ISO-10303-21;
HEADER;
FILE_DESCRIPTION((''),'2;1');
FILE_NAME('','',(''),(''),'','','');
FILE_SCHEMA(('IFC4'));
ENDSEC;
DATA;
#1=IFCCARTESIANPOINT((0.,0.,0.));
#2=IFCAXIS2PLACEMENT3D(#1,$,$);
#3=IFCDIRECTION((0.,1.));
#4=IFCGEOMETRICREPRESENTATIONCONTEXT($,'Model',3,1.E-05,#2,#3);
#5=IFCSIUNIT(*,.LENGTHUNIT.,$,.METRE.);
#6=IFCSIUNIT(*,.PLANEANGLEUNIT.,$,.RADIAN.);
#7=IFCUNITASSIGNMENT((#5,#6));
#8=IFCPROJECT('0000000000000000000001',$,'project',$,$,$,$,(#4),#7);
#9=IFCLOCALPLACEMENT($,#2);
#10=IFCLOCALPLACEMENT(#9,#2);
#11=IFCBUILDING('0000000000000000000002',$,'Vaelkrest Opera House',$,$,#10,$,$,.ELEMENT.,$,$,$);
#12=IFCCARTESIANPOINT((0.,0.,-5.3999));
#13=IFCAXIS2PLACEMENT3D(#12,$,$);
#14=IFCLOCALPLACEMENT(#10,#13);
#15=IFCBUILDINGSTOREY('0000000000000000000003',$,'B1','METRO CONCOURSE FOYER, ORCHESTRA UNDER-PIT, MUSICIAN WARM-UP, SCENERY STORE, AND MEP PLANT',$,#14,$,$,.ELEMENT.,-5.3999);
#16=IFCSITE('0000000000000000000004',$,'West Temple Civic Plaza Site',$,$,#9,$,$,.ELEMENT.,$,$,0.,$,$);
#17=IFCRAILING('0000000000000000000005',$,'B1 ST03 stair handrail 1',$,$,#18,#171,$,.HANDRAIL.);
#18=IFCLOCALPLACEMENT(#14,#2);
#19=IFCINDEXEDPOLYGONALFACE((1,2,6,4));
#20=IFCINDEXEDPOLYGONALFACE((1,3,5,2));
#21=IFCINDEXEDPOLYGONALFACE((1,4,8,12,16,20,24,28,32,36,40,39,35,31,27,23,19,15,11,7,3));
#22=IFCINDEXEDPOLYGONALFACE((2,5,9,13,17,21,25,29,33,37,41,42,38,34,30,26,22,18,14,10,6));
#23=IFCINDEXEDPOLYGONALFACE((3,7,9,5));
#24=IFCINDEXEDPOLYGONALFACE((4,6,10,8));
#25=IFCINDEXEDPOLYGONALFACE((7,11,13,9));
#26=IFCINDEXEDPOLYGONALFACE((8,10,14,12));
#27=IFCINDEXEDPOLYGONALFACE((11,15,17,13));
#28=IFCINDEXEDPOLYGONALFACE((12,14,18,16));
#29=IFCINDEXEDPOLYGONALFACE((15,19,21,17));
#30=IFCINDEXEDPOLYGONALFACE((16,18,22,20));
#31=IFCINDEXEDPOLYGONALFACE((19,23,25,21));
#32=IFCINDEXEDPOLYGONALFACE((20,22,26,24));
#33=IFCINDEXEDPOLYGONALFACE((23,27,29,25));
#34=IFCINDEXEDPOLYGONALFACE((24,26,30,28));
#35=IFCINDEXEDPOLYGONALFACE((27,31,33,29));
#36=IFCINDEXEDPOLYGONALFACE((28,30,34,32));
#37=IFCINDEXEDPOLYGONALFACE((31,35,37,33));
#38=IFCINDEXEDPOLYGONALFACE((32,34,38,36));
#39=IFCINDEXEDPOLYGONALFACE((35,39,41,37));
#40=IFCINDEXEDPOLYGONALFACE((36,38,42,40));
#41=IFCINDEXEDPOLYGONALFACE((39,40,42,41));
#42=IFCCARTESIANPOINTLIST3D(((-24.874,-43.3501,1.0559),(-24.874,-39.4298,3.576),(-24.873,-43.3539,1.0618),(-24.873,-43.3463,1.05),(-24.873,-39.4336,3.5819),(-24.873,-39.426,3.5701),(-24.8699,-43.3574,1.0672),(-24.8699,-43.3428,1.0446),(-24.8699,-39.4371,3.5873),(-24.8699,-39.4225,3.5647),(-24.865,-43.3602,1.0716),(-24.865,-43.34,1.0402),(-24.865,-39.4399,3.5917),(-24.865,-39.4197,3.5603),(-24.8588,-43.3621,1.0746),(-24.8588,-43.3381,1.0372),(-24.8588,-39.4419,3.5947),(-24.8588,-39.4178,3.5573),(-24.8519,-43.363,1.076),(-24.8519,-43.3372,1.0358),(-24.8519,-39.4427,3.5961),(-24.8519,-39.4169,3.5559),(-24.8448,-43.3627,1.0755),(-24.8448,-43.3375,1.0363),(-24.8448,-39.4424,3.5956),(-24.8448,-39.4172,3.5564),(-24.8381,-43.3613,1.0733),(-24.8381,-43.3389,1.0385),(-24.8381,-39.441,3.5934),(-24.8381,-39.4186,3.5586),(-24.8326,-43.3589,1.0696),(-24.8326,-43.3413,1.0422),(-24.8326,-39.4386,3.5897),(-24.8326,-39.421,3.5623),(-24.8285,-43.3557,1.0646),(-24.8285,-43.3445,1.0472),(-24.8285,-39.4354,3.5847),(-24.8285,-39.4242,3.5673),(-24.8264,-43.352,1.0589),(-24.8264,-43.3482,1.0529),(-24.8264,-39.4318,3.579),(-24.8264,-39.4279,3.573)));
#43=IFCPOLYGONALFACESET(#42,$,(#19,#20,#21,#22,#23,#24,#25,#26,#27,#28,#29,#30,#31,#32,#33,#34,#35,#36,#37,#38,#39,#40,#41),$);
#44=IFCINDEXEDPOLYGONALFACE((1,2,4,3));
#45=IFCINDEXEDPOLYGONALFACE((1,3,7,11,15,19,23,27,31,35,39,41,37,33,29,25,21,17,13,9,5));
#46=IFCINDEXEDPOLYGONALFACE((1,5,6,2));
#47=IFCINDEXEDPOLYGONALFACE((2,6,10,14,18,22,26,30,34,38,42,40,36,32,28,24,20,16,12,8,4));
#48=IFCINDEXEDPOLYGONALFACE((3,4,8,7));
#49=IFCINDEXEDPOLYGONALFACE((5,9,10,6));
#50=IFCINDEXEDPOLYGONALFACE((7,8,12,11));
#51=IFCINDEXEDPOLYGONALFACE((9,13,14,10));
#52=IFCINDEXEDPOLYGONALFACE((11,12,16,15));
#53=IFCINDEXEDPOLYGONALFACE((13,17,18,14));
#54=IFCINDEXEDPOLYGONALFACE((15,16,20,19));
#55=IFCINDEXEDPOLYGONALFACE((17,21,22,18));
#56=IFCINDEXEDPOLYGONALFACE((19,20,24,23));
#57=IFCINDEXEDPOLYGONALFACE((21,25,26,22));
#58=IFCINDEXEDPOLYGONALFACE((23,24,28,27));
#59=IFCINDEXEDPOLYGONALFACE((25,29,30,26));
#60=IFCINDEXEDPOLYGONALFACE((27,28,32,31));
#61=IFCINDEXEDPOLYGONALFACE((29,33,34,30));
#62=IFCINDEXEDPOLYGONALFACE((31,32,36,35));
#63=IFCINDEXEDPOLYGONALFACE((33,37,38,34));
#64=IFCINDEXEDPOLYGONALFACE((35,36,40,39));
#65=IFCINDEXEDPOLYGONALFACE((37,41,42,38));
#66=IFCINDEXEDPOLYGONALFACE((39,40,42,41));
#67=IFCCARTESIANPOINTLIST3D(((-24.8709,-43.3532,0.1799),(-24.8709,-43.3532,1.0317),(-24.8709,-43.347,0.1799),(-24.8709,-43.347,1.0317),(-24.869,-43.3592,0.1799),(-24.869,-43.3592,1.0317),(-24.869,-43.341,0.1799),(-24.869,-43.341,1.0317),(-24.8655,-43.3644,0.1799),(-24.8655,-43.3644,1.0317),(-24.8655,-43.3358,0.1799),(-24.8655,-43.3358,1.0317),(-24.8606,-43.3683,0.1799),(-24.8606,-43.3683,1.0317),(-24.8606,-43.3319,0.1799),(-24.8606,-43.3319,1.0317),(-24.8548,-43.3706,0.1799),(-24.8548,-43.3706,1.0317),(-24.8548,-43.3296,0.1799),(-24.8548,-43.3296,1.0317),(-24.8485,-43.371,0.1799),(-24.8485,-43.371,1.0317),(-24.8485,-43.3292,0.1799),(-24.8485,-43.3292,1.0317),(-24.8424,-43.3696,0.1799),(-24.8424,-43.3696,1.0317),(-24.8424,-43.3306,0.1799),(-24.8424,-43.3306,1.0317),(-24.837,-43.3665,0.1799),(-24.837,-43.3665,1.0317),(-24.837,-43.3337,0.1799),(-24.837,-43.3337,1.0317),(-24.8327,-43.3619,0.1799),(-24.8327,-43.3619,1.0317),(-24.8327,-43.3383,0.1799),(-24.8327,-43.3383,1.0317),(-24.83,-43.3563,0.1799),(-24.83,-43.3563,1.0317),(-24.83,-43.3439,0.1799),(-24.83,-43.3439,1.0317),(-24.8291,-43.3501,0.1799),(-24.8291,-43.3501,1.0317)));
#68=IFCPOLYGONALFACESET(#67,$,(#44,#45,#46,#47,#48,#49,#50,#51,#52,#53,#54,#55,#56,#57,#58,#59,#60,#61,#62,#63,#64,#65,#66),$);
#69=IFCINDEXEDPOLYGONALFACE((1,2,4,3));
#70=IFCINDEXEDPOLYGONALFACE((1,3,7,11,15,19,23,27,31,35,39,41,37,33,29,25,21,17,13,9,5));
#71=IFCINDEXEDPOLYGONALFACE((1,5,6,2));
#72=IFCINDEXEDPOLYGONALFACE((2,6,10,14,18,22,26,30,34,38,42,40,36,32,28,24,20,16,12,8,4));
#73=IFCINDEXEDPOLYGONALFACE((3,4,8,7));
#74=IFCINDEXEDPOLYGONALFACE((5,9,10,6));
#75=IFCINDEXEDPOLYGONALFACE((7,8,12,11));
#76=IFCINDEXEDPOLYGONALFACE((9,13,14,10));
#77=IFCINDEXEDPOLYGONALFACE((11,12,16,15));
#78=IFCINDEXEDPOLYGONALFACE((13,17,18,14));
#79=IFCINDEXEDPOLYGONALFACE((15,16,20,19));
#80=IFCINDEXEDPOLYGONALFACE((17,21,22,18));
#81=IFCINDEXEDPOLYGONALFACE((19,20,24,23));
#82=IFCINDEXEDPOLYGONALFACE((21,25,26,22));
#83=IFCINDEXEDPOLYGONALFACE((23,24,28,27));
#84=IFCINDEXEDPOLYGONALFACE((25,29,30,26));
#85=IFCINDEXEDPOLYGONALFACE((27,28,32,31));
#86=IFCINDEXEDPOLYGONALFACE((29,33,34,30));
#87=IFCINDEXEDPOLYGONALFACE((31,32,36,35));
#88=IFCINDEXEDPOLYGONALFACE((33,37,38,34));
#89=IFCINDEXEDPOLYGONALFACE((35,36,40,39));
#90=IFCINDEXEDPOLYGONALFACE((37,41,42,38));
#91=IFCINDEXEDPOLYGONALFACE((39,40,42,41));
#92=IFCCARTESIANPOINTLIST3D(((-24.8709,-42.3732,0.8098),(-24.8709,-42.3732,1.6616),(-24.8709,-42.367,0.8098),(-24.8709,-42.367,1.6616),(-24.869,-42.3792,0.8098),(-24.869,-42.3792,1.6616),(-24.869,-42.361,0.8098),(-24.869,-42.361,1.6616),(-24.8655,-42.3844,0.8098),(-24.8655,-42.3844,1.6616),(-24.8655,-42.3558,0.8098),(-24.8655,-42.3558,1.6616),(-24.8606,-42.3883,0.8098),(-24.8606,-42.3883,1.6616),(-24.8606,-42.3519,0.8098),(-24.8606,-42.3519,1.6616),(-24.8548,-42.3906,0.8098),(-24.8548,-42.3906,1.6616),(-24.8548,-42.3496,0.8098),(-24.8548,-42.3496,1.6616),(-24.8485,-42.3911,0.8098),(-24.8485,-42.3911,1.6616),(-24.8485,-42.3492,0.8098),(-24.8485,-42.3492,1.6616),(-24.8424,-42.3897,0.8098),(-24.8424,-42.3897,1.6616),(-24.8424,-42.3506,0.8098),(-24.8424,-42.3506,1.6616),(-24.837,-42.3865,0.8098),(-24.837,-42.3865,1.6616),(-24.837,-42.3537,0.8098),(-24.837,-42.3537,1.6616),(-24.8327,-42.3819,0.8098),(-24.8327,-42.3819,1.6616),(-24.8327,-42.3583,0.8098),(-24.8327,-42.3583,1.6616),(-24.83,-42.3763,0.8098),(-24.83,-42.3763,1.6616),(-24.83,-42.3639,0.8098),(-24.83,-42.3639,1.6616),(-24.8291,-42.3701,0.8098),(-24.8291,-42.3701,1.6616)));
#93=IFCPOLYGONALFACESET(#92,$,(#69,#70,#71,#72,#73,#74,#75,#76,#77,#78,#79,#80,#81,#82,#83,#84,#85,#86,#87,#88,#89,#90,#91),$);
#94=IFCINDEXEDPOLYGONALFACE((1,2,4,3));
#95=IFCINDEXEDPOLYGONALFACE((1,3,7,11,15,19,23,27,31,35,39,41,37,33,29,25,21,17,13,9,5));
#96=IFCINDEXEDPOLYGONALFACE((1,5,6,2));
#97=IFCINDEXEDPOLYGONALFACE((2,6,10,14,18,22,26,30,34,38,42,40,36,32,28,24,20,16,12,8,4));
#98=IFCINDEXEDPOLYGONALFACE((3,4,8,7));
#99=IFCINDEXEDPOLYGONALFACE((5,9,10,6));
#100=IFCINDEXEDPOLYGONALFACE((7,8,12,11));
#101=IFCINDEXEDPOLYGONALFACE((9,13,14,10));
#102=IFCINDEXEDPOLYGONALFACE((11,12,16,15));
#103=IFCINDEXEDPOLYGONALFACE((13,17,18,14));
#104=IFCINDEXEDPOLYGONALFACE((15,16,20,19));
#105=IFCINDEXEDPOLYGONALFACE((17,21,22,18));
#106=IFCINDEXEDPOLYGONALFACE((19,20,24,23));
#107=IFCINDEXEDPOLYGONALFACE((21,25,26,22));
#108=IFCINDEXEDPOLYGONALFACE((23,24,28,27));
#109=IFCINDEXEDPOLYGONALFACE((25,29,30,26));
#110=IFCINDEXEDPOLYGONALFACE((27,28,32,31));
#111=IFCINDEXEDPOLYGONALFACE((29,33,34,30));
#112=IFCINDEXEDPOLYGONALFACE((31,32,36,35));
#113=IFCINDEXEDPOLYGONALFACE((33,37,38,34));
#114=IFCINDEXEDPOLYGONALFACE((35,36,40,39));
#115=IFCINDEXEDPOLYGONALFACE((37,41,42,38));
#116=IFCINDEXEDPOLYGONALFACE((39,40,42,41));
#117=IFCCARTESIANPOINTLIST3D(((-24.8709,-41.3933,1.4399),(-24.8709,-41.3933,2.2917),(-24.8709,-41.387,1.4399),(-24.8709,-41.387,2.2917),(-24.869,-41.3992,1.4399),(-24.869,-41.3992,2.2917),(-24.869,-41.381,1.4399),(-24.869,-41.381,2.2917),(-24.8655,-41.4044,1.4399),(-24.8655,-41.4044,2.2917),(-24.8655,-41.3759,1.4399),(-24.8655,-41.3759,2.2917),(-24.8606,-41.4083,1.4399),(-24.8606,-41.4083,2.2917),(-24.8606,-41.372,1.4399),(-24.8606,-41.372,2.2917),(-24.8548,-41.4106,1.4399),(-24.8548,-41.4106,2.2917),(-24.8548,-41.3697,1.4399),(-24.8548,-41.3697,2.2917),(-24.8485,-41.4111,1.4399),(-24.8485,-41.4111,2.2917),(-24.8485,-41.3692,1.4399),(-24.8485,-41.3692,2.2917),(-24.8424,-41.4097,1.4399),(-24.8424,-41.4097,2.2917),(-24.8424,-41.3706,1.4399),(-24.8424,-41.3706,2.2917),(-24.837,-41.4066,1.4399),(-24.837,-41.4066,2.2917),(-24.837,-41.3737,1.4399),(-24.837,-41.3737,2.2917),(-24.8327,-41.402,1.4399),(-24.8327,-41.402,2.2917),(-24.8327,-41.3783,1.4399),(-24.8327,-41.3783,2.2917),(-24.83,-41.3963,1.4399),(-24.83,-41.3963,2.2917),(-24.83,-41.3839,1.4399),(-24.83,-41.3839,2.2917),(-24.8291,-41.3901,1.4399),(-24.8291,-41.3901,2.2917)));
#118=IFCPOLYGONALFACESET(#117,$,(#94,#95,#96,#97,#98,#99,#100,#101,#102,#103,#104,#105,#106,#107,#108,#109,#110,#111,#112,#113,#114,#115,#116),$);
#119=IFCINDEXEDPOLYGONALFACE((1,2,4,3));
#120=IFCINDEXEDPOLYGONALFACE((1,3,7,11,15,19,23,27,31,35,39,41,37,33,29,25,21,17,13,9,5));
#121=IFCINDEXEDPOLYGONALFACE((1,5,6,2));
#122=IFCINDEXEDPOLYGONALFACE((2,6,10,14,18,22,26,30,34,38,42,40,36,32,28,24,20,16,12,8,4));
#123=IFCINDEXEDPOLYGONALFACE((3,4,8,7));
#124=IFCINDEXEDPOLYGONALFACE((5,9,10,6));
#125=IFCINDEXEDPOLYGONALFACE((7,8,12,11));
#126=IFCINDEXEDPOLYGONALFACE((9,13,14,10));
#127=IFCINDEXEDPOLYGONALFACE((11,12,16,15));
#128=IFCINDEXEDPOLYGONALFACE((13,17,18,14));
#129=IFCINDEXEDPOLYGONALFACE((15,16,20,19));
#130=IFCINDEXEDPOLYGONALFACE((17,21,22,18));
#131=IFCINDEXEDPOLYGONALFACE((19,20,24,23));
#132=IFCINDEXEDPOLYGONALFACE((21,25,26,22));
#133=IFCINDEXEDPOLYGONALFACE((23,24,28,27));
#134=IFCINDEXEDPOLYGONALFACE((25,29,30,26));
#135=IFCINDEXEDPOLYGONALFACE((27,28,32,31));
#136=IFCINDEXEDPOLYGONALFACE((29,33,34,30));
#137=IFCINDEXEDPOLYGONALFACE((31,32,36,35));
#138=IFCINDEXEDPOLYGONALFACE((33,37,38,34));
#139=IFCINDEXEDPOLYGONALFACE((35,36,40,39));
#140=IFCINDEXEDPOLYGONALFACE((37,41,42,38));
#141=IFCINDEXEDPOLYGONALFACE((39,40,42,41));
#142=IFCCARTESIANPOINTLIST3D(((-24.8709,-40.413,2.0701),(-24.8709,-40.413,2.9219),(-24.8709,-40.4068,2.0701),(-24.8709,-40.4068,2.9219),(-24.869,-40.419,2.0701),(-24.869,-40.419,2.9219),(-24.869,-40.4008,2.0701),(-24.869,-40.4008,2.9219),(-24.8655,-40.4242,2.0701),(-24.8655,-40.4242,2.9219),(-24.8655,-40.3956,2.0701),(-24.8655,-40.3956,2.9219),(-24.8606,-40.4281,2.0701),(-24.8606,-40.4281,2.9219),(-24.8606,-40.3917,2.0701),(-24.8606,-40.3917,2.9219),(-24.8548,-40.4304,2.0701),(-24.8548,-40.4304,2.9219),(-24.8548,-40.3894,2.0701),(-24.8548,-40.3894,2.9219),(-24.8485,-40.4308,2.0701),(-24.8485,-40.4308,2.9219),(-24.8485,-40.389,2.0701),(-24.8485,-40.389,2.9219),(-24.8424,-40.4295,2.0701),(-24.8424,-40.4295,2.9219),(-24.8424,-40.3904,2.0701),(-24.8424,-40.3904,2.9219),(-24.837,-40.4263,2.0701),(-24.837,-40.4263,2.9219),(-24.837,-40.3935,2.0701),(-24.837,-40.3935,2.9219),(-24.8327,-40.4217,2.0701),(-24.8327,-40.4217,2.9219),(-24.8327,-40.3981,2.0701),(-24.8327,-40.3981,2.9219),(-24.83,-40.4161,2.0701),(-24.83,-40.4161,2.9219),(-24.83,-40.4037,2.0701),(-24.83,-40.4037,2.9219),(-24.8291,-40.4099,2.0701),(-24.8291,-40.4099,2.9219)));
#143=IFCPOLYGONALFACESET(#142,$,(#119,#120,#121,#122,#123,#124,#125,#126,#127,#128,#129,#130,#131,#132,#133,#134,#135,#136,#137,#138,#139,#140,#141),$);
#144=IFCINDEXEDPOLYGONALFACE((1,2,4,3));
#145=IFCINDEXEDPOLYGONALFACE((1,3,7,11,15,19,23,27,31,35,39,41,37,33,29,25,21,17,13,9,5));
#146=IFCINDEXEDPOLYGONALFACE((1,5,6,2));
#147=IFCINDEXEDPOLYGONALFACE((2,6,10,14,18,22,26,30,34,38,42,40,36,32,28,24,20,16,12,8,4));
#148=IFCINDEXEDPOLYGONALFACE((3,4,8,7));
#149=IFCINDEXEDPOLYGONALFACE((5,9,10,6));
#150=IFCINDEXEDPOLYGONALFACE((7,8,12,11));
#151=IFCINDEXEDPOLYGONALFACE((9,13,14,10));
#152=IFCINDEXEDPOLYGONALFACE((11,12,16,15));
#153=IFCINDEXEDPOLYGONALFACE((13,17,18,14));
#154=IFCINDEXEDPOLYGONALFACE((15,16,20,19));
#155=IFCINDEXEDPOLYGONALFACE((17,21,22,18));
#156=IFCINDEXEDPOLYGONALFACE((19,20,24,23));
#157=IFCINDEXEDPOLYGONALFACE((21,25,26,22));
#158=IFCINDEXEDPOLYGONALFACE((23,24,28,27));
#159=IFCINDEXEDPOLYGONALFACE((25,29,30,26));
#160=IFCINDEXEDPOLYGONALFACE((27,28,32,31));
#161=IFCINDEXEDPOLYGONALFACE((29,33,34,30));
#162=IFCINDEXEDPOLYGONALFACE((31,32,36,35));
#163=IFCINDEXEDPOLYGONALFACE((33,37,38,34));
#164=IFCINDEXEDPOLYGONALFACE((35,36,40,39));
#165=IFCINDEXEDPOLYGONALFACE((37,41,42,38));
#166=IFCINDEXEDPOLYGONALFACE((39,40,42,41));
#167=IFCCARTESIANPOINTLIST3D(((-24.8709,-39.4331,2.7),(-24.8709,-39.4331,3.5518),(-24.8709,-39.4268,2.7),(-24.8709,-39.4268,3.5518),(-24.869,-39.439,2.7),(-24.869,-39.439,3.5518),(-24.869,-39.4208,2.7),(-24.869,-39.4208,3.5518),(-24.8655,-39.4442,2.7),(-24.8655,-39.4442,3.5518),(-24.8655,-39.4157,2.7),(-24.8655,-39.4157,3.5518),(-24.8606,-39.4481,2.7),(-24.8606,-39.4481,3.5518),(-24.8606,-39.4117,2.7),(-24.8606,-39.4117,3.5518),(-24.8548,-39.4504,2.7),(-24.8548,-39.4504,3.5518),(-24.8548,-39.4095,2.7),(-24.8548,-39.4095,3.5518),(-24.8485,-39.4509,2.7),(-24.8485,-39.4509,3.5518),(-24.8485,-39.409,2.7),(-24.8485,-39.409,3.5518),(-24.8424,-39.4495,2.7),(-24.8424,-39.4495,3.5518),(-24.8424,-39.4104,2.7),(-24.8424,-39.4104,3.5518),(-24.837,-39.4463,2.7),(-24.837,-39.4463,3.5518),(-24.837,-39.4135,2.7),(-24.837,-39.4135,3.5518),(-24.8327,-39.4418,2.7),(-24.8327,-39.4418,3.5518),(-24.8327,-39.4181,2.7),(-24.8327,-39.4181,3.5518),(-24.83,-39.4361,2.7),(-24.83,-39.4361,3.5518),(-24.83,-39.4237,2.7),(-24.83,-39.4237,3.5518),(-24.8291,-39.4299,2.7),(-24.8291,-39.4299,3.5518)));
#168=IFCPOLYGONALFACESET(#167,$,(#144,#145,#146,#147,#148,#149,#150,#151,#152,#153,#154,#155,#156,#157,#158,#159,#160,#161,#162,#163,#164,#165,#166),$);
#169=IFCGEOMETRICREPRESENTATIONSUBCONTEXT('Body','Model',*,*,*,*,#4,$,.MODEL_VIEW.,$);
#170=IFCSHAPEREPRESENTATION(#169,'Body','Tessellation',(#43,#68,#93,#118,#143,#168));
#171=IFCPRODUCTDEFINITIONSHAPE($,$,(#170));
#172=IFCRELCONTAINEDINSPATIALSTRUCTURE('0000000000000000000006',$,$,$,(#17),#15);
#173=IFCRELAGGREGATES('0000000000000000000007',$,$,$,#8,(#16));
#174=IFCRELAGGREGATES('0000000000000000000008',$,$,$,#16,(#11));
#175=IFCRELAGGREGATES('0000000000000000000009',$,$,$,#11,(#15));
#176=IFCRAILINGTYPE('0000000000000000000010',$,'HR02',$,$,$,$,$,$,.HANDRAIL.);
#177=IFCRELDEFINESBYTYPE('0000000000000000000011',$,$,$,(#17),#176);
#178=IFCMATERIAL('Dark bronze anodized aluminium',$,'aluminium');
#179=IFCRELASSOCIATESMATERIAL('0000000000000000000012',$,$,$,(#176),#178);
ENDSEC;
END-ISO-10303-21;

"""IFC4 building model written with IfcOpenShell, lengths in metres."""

from ifc_helpers import new_model, si_unit, direction, frame, origin, origin_2d, place, context, subcontext, project, spatial, circle, extrude, material, type_object, element, save


model = new_model("IFC4")

# Units and contexts
model_context = context("Model", 3, precision=1e-05, world=origin(), true_north=direction((0.0, 1.0)))
body_context = subcontext(model_context, "Body", "Model", "MODEL_VIEW")
ifc_project = project(units=[si_unit("LENGTHUNIT", "METRE"), si_unit("PLANEANGLEUNIT", "RADIAN")], contexts=[model_context])

# Site, building, storey
site_placement = place(None, origin())
site = spatial("IfcSite", under=ifc_project, at=site_placement, Name="West Temple Civic Plaza Site", CompositionType="ELEMENT", RefElevation=0.0)
building_placement = place(site_placement, origin())
building = spatial("IfcBuilding", under=site, at=building_placement, Name="Vaelkrest Opera House", CompositionType="ELEMENT")
storey_placement = place(building_placement, frame((0.0, 0.0, -5.3999)))
storey = spatial("IfcBuildingStorey", under=building, at=storey_placement, Name="B1", Description="METRO CONCOURSE FOYER, ORCHESTRA UNDER-PIT, MUSICIAN WARM-UP, SCENERY STORE, AND MEP PLANT", CompositionType="ELEMENT", Elevation=-5.3999)

# Shared definitions
ifc_material_1 = material(Name="Dark bronze anodized aluminium", Category="aluminium")

# Railing
railing_type_1 = type_object("IfcRailingType", Name="HR02", PredefinedType="HANDRAIL", material=ifc_material_1)
railing_1_placement = place(storey_placement, frame((-24.8501, -43.3501, 0.1799)))
element("IfcRailing", 1, at=railing_1_placement, inside=storey, type_object=railing_type_1, Name="B1 ST03 stair handrail 1", PredefinedType="HANDRAIL", context=body_context, shape_type="SweptSolid", body=[
    extrude(circle(Radius=0.0239, at=origin_2d()), frame((0.0, 0.0, 0.876), z_axis=(0.0, 0.841187, 0.540744), x_axis=(-1.0, 0.0, 0.0)), (0.0, 0.0, 1.0), 4.6604),
    extrude(circle(Radius=0.021, at=origin_2d()), origin(), (0.0, 0.0, 1.0), 0.8518),
    extrude(circle(Radius=0.021, at=origin_2d()), frame((0.0, 0.98, 0.6299)), (0.0, 0.0, 1.0), 0.8518),
    extrude(circle(Radius=0.021, at=origin_2d()), frame((0.0, 1.96, 1.26)), (0.0, 0.0, 1.0), 0.8518),
    extrude(circle(Radius=0.021, at=origin_2d()), frame((0.0, 2.9402, 1.8901)), (0.0, 0.0, 1.0), 0.8518),
    extrude(circle(Radius=0.021, at=origin_2d()), frame((0.0, 3.9202, 2.52)), (0.0, 0.0, 1.0), 0.8518),
])

save(model, "model.ifc")
